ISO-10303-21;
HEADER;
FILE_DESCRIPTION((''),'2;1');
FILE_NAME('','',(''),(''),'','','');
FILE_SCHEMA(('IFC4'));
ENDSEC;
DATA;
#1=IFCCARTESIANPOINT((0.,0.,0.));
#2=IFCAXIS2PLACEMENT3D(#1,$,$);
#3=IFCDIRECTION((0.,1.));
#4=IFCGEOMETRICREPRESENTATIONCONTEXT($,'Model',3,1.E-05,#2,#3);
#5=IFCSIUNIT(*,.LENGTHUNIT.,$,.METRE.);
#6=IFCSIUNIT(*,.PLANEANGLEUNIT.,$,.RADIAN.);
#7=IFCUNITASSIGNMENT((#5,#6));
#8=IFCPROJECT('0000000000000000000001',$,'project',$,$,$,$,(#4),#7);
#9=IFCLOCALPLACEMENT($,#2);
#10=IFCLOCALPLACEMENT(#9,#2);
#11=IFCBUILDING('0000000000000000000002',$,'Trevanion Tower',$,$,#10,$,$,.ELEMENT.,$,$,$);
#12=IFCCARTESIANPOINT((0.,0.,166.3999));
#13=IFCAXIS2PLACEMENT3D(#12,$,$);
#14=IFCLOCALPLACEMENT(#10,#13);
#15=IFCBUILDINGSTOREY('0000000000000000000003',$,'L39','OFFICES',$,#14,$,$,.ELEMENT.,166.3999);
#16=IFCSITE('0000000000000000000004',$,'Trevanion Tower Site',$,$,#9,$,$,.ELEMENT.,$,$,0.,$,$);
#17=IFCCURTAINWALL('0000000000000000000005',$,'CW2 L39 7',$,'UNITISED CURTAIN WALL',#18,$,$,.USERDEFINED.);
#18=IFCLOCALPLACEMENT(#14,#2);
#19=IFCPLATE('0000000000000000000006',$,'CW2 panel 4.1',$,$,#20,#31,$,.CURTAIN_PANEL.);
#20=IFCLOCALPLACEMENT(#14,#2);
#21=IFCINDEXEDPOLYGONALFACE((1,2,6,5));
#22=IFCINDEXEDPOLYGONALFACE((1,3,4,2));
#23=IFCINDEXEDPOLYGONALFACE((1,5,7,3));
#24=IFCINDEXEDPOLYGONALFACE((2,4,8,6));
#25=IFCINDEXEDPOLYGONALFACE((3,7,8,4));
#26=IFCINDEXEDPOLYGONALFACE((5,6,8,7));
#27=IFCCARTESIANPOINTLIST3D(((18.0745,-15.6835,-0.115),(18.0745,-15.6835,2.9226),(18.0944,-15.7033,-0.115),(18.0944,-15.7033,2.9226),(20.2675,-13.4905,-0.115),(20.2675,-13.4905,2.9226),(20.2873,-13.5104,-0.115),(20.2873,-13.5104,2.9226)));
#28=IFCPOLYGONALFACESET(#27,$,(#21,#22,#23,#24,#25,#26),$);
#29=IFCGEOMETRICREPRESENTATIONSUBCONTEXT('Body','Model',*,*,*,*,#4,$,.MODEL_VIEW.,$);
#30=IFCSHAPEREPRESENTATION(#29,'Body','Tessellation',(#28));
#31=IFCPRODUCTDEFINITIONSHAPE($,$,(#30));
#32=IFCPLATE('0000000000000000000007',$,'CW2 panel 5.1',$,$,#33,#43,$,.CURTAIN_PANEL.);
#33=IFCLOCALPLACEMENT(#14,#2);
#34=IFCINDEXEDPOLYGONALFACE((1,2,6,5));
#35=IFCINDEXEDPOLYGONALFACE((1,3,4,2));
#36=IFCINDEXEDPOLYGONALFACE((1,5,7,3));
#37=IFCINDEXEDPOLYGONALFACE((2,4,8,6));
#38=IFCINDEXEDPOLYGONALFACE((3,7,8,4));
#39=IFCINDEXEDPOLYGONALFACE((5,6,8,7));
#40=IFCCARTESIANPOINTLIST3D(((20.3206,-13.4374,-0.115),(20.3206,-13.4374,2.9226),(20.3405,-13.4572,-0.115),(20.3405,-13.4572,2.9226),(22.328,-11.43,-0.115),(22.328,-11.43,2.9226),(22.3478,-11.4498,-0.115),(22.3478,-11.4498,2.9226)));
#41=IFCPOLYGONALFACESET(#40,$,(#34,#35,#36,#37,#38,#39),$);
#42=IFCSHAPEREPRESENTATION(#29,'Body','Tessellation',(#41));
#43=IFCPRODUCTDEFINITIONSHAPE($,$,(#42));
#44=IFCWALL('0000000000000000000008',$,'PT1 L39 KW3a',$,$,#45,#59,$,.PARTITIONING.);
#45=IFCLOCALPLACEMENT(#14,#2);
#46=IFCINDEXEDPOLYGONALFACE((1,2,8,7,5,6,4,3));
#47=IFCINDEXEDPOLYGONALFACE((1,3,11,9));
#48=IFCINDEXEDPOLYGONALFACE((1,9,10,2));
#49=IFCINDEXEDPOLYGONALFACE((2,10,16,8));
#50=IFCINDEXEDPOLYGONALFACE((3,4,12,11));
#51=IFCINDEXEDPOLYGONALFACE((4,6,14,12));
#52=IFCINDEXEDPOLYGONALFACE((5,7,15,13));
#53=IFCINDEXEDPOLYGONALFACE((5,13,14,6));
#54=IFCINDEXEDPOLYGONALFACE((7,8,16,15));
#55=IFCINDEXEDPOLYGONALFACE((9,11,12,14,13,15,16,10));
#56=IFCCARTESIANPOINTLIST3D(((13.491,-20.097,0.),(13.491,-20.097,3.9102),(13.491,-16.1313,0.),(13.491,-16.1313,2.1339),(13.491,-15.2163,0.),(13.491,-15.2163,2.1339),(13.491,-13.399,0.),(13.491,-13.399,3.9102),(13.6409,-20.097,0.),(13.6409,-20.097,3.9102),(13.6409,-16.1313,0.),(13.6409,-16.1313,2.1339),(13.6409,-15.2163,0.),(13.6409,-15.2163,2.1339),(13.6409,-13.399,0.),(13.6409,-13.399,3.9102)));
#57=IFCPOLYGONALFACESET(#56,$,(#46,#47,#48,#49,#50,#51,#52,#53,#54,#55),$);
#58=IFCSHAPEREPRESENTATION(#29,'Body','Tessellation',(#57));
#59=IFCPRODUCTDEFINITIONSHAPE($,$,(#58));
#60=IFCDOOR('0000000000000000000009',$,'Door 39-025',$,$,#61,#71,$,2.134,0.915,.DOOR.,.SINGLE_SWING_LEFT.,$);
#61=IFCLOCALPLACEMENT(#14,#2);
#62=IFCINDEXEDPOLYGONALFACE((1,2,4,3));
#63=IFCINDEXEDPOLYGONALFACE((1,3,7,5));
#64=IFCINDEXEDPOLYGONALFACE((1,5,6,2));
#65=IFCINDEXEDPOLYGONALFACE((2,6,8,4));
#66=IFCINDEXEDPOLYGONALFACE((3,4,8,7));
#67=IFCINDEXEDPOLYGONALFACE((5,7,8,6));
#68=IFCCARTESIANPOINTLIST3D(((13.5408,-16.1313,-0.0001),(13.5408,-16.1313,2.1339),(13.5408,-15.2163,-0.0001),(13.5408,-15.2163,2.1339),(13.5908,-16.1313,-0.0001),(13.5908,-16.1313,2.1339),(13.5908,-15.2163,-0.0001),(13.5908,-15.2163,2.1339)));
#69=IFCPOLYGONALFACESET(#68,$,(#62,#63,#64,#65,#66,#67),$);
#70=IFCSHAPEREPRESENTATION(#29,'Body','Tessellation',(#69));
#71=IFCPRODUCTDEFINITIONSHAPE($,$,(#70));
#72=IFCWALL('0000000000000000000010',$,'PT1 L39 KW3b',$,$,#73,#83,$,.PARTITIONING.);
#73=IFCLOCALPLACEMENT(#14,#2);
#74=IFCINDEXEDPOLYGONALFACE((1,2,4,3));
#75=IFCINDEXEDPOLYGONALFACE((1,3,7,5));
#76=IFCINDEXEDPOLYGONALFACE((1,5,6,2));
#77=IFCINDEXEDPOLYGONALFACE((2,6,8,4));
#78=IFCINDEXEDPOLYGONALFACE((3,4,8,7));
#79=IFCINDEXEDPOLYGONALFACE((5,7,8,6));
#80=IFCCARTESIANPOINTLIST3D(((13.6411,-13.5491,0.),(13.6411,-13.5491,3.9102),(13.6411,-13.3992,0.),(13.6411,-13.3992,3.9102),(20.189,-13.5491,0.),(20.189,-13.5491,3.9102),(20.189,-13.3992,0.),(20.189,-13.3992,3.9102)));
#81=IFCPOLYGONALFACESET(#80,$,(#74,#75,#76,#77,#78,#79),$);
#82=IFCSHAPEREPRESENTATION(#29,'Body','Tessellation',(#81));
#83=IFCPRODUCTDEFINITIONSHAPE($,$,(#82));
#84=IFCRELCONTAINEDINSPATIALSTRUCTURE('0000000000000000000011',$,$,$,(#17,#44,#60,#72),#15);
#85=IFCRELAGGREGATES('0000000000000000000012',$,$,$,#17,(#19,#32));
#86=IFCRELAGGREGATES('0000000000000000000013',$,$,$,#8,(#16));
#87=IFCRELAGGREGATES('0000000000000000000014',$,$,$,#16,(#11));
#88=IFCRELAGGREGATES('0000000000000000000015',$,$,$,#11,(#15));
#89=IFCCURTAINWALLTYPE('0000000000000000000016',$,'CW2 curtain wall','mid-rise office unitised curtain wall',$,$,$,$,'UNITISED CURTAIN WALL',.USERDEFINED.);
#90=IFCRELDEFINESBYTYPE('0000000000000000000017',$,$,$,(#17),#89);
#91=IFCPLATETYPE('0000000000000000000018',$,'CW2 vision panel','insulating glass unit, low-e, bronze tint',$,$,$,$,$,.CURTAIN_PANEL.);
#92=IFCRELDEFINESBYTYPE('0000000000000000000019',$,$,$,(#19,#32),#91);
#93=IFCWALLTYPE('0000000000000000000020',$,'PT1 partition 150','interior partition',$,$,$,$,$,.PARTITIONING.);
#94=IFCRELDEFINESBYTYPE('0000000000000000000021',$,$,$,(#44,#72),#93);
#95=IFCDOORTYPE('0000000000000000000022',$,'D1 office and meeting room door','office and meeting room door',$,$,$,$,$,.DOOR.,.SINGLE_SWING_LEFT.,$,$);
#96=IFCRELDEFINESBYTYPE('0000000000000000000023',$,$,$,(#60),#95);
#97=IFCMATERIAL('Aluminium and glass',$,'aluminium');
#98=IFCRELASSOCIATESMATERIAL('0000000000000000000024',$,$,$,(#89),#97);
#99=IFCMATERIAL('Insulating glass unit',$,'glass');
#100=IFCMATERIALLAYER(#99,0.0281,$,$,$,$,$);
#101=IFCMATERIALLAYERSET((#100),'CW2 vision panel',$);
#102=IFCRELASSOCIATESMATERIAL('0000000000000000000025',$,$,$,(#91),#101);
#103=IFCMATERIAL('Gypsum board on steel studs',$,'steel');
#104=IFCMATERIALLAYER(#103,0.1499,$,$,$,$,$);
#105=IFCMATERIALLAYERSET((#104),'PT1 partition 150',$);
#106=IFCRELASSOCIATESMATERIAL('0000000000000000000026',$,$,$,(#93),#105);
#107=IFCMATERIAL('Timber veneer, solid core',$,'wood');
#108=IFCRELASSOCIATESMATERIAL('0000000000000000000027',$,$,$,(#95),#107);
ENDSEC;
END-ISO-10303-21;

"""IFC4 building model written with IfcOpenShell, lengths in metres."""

from ifc_helpers import new_model, si_unit, direction, frame, frame_2d, origin, origin_2d, place, context, subcontext, project, spatial, rectangle, extrude, material, layer, layer_set, type_object, element, fill, aggregate, save


model = new_model("IFC4")

# Units and contexts
model_context = context("Model", 3, precision=1e-05, world=origin(), true_north=direction((0.0, 1.0)))
body_context = subcontext(model_context, "Body", "Model", "MODEL_VIEW")
ifc_project = project(units=[si_unit("LENGTHUNIT", "METRE"), si_unit("PLANEANGLEUNIT", "RADIAN")], contexts=[model_context])

# Site, building, storey
site_placement = place(None, origin())
site = spatial("IfcSite", under=ifc_project, at=site_placement, Name="Trevanion Tower Site", CompositionType="ELEMENT", RefElevation=0.0)
building_placement = place(site_placement, origin())
building = spatial("IfcBuilding", under=site, at=building_placement, Name="Trevanion Tower", CompositionType="ELEMENT")
storey_placement = place(building_placement, frame((0.0, 0.0, 166.3999)))
storey = spatial("IfcBuildingStorey", under=building, at=storey_placement, Name="L39", Description="OFFICES", CompositionType="ELEMENT", Elevation=166.3999)

# Curtain wall
ifc_material_1 = material(Name="Aluminium and glass", Category="aluminium")
curtain_wall_type = type_object("IfcCurtainWallType", Name="CW2 curtain wall", Description="mid-rise office unitised curtain wall", ElementType="UNITISED CURTAIN WALL", PredefinedType="USERDEFINED", material=ifc_material_1)
curtain_wall_1_placement = place(storey_placement, origin())
curtain_wall_1 = element("IfcCurtainWall", 1, at=curtain_wall_1_placement, inside=storey, type_object=curtain_wall_type, Name="CW2 L39 7", ObjectType="UNITISED CURTAIN WALL", PredefinedType="USERDEFINED")

# Plates
ifc_material_2 = material(Name="Insulating glass unit", Category="glass")
ifc_layer_1 = layer(ifc_material_2, 0.0281)
ifc_layer_set_1 = layer_set([ifc_layer_1], Name="CW2 vision panel")
plate_type_1 = type_object("IfcPlateType", Name="CW2 vision panel", Description="insulating glass unit, low-e, bronze tint", PredefinedType="CURTAIN_PANEL", material=ifc_layer_set_1)
plate_1_placement = place(storey_placement, frame((19.1809, -14.5969, -0.115), z_axis=(0.0, 0.0, 1.0), x_axis=(0.707107, 0.707107, 0.0)))
plate_1 = element("IfcPlate", 2, at=plate_1_placement, type_object=plate_type_1, Name="CW2 panel 4.1", PredefinedType="CURTAIN_PANEL", context=body_context, shape_type="SweptSolid", body=[
    extrude(rectangle(XDim=3.1013, YDim=0.0281, at=origin_2d()), origin(), (0.0, 0.0, 1.0), 3.0376),
])
plate_2_placement = place(storey_placement, frame((21.3342, -12.4436, -0.115), z_axis=(0.0, 0.0, 1.0), x_axis=(0.707107, 0.707107, 0.0)))
plate_2 = element("IfcPlate", 3, at=plate_2_placement, type_object=plate_type_1, Name="CW2 panel 5.1", PredefinedType="CURTAIN_PANEL", context=body_context, shape_type="SweptSolid", body=[
    extrude(rectangle(XDim=2.8389, YDim=0.0281, at=origin_2d()), origin(), (0.0, 0.0, 1.0), 3.0376),
])
aggregate(curtain_wall_1, [plate_1, plate_2])

# Wall, opening, door
ifc_material_3 = material(Name="Gypsum board on steel studs", Category="steel")
ifc_layer_2 = layer(ifc_material_3, 0.1499)
ifc_layer_set_2 = layer_set([ifc_layer_2], Name="PT1 partition 150")
wall_type = type_object("IfcWallType", Name="PT1 partition 150", Description="interior partition", PredefinedType="PARTITIONING", material=ifc_layer_set_2)
wall_1_placement = place(storey_placement, frame((13.5659, -13.3989, 0.0), z_axis=(0.0, 0.0, 1.0), x_axis=(0.0, -1.0, 0.0)))
wall_1 = element("IfcWall", 4, at=wall_1_placement, inside=storey, type_object=wall_type, Name="PT1 L39 KW3a", PredefinedType="PARTITIONING", context=body_context, shape_type="SweptSolid", body=[
    extrude(rectangle(XDim=6.698, YDim=0.1499, at=frame_2d((3.3491, 0.0))), origin(), (0.0, 0.0, 1.0), 3.9102),
])
opening_placement = place(wall_1_placement, frame((1.8174, 0.0, 0.0)))
opening = element("IfcOpeningElement", 5, at=opening_placement, cuts=wall_1, PredefinedType="OPENING", context=body_context, shape_type="SweptSolid", body=[
    extrude(rectangle(XDim=0.915, YDim=2.134, at=frame_2d((0.4575, 1.0669))), frame((0.0, 0.085, 0.0), z_axis=(0.0, -1.0, 0.0), x_axis=(1.0, 0.0, 0.0)), (0.0, 0.0, 1.0), 0.1699),
])
ifc_material_4 = material(Name="Timber veneer, solid core", Category="wood")
door_type = type_object("IfcDoorType", Name="D1 office and meeting room door", Description="office and meeting room door", OperationType="SINGLE_SWING_LEFT", PredefinedType="DOOR", material=ifc_material_4)
door_placement = place(opening_placement, origin())
door = element("IfcDoor", 6, at=door_placement, inside=storey, type_object=door_type, Name="Door 39-025", OperationType="SINGLE_SWING_LEFT", OverallHeight=2.134, OverallWidth=0.915, PredefinedType="DOOR", context=body_context, shape_type="SweptSolid", body=[
    extrude(rectangle(XDim=0.915, YDim=2.134, at=frame_2d((0.4575, 1.0669))), frame((0.0, 0.0249, 0.0), z_axis=(0.0, -1.0, 0.0), x_axis=(1.0, 0.0, 0.0)), (0.0, 0.0, 1.0), 0.05),
])
fill(opening, door)

# Wall
wall_2_placement = place(storey_placement, frame((13.6411, -13.4741, 0.0), z_axis=(0.0, 0.0, 1.0), x_axis=(1.0, 0.0, 0.0)))
element("IfcWall", 7, at=wall_2_placement, inside=storey, type_object=wall_type, Name="PT1 L39 KW3b", PredefinedType="PARTITIONING", context=body_context, shape_type="SweptSolid", body=[
    extrude(rectangle(XDim=6.5479, YDim=0.1499, at=frame_2d((3.2739, 0.0))), origin(), (0.0, 0.0, 1.0), 3.9102),
])

save(model, "model.ifc")
